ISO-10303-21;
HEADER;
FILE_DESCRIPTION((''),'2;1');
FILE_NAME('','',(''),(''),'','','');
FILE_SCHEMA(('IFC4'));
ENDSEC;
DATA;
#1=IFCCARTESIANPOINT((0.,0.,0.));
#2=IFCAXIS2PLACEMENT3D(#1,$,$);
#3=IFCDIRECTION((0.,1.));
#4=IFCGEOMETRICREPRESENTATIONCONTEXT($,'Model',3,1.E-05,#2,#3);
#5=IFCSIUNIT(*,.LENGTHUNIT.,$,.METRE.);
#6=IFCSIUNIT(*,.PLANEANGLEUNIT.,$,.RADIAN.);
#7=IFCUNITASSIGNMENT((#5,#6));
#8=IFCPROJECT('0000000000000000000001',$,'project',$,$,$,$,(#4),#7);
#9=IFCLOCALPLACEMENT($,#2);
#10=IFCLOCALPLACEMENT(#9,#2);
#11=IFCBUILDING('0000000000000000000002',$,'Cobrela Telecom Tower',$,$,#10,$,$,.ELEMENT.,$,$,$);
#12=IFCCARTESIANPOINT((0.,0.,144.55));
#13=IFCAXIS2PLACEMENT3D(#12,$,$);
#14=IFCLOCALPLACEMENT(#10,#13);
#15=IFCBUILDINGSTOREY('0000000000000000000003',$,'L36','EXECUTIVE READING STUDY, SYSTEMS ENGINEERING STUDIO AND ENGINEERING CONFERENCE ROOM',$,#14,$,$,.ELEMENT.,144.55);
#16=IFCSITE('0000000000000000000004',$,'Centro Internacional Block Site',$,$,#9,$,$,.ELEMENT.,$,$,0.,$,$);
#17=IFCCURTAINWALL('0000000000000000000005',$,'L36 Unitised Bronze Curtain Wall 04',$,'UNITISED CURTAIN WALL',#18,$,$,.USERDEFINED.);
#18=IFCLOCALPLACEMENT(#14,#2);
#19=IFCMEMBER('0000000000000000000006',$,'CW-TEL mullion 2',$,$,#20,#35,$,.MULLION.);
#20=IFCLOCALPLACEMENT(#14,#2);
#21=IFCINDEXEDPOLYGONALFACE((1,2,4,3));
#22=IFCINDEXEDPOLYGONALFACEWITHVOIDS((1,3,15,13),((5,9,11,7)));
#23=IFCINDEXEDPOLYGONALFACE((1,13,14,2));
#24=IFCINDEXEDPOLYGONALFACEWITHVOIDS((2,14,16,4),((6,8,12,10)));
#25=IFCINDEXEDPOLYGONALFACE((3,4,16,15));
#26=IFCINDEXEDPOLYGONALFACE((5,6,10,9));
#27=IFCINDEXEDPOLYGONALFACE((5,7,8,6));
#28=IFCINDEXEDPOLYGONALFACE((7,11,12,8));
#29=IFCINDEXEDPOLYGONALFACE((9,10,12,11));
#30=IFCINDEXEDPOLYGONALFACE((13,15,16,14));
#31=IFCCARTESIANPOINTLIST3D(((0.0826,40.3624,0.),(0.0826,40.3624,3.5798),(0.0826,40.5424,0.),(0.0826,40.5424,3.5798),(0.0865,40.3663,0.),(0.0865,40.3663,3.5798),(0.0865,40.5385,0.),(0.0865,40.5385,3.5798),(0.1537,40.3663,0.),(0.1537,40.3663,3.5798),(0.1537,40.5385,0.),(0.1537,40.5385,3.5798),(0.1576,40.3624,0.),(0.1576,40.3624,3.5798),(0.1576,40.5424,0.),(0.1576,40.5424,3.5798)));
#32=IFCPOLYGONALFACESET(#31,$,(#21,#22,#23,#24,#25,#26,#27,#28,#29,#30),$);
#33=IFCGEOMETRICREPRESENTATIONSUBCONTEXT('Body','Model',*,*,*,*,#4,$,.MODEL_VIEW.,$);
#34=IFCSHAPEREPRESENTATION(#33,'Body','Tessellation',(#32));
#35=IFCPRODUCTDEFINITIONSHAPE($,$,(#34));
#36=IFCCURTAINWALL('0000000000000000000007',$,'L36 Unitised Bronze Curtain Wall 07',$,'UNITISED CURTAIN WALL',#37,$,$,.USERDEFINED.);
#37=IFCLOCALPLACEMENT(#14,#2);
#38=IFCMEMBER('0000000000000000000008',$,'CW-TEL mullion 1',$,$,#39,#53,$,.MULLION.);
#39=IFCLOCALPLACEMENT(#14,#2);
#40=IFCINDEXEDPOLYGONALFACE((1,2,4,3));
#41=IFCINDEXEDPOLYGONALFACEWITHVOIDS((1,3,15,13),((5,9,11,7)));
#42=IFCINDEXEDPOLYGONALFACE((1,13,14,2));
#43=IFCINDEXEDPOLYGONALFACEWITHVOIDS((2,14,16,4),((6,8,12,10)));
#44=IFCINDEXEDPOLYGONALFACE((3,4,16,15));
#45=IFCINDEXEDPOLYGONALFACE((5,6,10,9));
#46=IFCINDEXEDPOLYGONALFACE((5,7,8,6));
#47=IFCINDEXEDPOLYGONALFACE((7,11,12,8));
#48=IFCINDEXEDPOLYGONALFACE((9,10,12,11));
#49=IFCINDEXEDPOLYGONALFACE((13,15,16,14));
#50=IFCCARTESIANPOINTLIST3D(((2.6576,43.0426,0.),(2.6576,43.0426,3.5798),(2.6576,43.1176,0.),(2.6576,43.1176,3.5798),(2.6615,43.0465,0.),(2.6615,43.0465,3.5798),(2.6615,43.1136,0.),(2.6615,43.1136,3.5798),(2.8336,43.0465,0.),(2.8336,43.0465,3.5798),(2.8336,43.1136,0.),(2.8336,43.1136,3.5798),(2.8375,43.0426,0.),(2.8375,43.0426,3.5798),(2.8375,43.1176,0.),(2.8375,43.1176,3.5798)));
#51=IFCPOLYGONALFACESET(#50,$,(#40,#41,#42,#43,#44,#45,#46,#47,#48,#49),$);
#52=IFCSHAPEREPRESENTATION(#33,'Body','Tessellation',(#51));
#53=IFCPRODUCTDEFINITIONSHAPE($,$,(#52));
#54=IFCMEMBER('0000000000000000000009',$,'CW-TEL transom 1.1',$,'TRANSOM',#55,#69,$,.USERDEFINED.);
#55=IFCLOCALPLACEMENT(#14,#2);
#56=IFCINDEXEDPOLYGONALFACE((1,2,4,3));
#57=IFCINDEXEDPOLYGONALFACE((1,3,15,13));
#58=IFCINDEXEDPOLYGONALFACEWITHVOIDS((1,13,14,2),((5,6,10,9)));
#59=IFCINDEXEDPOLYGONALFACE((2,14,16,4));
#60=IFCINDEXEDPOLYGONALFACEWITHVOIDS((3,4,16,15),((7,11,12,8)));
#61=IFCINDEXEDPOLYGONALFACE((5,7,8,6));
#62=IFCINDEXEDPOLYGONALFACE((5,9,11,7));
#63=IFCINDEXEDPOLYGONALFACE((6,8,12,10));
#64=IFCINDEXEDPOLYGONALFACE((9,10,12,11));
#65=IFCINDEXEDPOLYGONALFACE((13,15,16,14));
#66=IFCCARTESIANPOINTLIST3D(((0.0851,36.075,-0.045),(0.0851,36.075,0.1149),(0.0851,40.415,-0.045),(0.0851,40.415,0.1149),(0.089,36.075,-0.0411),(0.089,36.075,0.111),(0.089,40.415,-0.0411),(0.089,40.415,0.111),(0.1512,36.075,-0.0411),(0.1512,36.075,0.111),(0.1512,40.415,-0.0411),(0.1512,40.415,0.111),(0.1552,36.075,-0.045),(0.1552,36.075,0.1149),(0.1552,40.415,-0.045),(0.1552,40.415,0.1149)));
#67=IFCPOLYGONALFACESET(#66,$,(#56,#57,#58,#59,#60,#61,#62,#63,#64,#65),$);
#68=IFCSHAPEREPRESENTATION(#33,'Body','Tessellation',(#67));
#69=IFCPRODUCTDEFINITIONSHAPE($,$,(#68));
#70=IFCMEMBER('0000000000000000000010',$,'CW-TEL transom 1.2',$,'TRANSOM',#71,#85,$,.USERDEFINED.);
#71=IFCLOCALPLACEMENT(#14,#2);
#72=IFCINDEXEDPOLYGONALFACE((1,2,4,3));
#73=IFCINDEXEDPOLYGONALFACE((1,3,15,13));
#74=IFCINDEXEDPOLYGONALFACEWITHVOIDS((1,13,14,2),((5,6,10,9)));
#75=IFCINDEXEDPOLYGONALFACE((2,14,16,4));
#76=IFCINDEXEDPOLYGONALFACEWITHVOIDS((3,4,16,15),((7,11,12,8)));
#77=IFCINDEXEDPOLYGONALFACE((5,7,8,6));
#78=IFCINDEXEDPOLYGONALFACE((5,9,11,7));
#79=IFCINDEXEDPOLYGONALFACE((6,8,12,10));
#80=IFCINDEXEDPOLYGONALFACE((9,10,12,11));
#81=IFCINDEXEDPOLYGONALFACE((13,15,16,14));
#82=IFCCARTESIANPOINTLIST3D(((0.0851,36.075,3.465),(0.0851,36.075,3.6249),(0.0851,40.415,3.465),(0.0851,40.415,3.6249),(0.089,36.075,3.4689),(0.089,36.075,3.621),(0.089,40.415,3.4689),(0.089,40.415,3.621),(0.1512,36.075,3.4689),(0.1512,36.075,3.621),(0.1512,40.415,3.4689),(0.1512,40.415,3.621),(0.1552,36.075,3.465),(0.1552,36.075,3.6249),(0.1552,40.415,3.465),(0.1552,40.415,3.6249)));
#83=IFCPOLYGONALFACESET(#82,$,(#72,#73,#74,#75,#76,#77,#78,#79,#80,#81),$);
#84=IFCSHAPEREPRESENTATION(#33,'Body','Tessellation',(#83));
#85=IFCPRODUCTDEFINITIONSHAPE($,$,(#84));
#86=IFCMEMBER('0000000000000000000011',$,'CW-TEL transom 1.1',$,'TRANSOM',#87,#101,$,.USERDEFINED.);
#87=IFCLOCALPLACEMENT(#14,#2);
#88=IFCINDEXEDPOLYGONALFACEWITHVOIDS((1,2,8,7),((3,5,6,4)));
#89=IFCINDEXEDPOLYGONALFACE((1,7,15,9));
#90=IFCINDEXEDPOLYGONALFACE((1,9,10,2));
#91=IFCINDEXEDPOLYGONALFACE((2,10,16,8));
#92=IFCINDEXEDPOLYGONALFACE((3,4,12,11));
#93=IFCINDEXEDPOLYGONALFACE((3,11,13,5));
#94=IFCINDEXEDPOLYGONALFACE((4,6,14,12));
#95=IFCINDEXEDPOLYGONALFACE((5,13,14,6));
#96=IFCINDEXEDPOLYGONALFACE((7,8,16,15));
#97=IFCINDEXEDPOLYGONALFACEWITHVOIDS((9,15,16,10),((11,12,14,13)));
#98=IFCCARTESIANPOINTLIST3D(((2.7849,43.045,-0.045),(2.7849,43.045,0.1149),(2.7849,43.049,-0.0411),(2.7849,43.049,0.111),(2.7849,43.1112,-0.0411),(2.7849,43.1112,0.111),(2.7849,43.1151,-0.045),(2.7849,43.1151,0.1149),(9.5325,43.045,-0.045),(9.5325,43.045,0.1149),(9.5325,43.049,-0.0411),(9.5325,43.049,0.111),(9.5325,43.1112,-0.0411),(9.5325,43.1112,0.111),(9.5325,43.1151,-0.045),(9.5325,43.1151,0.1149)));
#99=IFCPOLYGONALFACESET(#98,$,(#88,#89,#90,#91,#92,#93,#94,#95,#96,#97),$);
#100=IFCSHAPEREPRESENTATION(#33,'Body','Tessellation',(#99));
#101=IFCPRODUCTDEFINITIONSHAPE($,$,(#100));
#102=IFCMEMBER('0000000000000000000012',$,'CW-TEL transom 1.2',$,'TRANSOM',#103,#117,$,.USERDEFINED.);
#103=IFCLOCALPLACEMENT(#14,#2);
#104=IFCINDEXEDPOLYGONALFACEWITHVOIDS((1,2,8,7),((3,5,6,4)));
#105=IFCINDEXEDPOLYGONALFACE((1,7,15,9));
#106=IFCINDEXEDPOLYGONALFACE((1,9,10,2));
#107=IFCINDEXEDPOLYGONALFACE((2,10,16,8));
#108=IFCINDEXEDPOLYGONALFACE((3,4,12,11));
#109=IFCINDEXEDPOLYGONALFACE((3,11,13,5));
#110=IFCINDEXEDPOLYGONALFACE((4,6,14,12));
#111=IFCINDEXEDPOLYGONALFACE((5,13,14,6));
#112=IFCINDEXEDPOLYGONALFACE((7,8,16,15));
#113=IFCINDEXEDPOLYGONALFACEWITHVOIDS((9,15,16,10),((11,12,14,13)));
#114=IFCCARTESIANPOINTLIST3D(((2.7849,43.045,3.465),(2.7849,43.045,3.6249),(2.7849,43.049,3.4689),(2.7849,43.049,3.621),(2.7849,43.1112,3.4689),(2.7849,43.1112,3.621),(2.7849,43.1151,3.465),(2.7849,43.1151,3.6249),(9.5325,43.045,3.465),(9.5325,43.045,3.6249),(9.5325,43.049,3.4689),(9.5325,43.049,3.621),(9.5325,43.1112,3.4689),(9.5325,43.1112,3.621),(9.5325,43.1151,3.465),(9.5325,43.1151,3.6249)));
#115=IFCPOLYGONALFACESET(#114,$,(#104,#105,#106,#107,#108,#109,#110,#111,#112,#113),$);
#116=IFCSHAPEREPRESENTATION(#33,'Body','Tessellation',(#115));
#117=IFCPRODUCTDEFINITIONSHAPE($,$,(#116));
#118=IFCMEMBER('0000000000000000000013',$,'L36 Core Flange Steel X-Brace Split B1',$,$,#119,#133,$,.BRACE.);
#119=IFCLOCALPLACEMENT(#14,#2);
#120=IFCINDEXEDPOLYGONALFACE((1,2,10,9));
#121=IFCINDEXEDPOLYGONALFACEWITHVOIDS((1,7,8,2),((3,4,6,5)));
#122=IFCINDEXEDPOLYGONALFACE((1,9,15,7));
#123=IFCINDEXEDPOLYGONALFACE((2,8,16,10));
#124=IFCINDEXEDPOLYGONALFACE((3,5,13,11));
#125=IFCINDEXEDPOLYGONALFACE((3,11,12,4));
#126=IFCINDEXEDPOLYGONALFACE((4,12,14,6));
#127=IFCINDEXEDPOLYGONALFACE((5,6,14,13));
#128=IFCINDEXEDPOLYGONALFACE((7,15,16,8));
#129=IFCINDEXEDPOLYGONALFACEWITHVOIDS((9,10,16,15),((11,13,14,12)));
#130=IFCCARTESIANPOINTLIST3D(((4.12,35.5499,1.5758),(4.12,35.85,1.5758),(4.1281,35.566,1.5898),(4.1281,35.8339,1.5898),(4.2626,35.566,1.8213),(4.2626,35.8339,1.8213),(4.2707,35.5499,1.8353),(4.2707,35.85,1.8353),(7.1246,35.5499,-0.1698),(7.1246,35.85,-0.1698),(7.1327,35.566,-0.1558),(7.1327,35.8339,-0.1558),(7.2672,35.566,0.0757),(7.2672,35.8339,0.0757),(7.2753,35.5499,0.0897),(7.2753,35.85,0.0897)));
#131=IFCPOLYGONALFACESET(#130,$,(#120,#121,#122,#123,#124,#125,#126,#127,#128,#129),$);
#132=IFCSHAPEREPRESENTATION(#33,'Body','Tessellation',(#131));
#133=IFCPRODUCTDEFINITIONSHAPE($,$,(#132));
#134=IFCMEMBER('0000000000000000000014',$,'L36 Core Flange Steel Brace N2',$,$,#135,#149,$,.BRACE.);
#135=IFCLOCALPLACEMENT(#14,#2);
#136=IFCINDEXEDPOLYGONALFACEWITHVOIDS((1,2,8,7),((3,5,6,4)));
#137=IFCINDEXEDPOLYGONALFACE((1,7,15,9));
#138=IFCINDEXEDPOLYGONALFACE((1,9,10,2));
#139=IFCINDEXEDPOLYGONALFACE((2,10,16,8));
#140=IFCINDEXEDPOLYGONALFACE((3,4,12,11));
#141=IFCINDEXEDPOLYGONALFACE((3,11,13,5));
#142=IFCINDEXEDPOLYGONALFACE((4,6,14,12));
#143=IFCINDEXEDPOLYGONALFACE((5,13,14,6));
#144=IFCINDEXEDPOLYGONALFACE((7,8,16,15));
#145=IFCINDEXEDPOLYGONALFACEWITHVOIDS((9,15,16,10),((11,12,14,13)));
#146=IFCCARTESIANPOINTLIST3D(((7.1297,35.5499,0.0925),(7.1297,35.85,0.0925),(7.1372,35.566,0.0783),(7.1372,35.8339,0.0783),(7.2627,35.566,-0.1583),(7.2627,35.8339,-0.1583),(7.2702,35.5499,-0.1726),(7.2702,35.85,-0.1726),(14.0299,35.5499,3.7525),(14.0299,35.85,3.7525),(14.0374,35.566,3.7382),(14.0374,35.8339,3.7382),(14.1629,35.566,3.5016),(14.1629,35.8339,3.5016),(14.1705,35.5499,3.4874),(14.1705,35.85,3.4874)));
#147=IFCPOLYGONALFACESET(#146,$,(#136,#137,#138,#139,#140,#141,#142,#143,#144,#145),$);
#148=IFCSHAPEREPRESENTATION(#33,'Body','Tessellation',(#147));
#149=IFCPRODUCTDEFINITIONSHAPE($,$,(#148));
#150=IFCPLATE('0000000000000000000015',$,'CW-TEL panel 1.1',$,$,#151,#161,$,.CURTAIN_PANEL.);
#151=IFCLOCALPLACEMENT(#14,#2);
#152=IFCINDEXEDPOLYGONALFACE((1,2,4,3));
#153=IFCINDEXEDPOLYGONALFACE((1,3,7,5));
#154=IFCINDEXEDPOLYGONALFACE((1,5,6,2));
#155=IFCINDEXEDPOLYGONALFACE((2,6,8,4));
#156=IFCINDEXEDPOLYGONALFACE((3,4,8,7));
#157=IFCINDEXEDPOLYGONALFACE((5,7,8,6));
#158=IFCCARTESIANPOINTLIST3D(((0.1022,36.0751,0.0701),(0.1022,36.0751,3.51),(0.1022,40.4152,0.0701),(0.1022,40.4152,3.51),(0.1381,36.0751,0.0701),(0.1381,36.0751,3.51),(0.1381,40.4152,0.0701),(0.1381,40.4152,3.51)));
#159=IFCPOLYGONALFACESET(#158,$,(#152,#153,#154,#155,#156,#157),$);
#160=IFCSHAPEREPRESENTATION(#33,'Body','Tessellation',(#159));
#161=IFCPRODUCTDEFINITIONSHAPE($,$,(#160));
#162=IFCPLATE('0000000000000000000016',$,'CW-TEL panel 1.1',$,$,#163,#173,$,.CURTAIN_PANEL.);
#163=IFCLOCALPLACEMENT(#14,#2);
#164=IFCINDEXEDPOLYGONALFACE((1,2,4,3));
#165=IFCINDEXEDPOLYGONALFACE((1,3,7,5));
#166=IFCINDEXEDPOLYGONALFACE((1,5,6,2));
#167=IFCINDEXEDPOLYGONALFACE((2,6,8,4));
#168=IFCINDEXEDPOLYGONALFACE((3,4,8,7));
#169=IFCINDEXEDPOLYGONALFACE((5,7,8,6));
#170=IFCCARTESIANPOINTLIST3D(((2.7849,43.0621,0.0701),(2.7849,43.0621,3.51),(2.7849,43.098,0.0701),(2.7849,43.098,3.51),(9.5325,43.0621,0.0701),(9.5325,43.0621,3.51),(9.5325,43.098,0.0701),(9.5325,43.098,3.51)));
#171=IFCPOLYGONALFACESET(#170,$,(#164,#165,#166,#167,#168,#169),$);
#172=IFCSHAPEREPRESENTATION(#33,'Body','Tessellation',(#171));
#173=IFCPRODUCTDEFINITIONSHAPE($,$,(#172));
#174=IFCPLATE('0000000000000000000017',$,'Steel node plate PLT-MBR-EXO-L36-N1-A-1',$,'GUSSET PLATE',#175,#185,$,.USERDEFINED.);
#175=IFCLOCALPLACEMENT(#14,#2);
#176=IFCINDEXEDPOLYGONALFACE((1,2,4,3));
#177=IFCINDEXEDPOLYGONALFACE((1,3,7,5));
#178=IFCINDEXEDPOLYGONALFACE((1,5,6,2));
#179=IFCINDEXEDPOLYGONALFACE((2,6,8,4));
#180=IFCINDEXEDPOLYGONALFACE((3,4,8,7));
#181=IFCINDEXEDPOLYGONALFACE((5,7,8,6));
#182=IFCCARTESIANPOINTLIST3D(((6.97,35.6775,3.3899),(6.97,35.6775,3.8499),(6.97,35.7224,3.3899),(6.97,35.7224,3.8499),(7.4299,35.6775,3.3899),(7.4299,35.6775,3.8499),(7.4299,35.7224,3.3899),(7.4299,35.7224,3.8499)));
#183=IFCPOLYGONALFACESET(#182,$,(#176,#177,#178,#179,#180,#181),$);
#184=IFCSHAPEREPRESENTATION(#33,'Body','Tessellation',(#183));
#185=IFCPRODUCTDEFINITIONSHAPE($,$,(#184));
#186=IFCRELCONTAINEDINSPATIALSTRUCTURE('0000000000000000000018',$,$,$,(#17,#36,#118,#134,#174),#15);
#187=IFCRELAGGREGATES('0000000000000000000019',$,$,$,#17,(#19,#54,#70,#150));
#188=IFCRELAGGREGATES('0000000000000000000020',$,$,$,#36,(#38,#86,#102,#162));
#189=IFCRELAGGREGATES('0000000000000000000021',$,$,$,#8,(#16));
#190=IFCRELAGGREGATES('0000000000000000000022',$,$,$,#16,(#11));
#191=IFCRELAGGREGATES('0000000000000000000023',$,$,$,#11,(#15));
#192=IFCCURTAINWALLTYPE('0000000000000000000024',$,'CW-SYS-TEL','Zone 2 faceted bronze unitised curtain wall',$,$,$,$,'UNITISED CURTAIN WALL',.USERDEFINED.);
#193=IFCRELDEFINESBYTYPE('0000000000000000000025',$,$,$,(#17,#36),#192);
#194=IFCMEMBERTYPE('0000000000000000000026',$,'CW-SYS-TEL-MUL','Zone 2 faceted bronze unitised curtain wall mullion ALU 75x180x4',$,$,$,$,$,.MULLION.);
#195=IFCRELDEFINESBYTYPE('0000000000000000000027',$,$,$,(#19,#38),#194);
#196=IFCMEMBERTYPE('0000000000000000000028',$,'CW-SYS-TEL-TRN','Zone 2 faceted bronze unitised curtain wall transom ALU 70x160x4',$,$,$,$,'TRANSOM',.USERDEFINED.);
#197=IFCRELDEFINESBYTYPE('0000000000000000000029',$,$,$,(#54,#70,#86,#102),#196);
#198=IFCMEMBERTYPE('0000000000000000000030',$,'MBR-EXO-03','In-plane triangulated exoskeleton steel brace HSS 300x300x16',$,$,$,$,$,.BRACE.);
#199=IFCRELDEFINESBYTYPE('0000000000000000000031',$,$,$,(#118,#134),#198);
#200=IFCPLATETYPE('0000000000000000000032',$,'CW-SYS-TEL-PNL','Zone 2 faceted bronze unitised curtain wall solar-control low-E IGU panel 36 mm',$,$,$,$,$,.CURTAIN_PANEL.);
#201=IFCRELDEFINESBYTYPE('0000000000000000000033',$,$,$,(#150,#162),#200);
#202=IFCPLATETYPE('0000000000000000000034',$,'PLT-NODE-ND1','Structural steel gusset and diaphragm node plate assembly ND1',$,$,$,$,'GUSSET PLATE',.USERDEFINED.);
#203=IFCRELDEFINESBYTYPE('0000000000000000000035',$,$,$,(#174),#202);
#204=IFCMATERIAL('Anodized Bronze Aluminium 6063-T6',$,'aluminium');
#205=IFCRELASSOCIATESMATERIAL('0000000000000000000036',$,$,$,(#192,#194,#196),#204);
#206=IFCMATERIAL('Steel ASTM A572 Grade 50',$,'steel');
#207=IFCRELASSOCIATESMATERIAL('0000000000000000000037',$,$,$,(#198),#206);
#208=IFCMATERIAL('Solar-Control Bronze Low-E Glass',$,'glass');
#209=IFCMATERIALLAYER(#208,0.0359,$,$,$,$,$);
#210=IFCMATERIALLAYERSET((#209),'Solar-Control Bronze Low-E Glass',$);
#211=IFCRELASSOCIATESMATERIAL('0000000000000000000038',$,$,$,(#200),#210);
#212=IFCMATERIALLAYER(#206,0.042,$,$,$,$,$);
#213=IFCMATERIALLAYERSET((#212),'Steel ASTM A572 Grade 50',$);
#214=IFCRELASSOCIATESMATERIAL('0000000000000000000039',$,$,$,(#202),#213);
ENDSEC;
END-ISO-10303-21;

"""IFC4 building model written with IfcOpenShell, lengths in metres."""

from ifc_helpers import new_model, si_unit, direction, frame, origin, origin_2d, place, context, subcontext, project, spatial, rectangle, hollow_rectangle, extrude, material, layer, layer_set, material_profile, profile_set, type_object, element, aggregate, save


model = new_model("IFC4")

# Units and contexts
model_context = context("Model", 3, precision=1e-05, world=origin(), true_north=direction((0.0, 1.0)))
body_context = subcontext(model_context, "Body", "Model", "MODEL_VIEW")
ifc_project = project(units=[si_unit("LENGTHUNIT", "METRE"), si_unit("PLANEANGLEUNIT", "RADIAN")], contexts=[model_context])

# Site, building, storey
site_placement = place(None, origin())
site = spatial("IfcSite", under=ifc_project, at=site_placement, Name="Centro Internacional Block Site", CompositionType="ELEMENT", RefElevation=0.0)
building_placement = place(site_placement, origin())
building = spatial("IfcBuilding", under=site, at=building_placement, Name="Cobrela Telecom Tower", CompositionType="ELEMENT")
storey_placement = place(building_placement, frame((0.0, 0.0, 144.55)))
storey = spatial("IfcBuildingStorey", under=building, at=storey_placement, Name="L36", Description="EXECUTIVE READING STUDY, SYSTEMS ENGINEERING STUDIO AND ENGINEERING CONFERENCE ROOM", CompositionType="ELEMENT", Elevation=144.55)

# Shared definitions
ifc_material_1 = material(Name="Steel ASTM A572 Grade 50", Category="steel")

# Curtain wall, member
ifc_material_2 = material(Name="Anodized Bronze Aluminium 6063-T6", Category="aluminium")
curtain_wall_type = type_object("IfcCurtainWallType", Name="CW-SYS-TEL", Description="Zone 2 faceted bronze unitised curtain wall", ElementType="UNITISED CURTAIN WALL", PredefinedType="USERDEFINED", material=ifc_material_2)
curtain_wall_1_placement = place(storey_placement, origin())
curtain_wall_1 = element("IfcCurtainWall", 1, at=curtain_wall_1_placement, inside=storey, type_object=curtain_wall_type, Name="L36 Unitised Bronze Curtain Wall 04", ObjectType="UNITISED CURTAIN WALL", PredefinedType="USERDEFINED")
ifc_material_profile_1 = material_profile(ifc_material_2, hollow_rectangle(XDim=0.075, YDim=0.1799, WallThickness=0.0039, at=origin_2d()), Name="ALU 75x180x4")
ifc_profile_set_1 = profile_set([ifc_material_profile_1], Name="Anodized Bronze Aluminium 6063-T6")
member_type_1 = type_object("IfcMemberType", Name="CW-SYS-TEL-MUL", Description="Zone 2 faceted bronze unitised curtain wall mullion ALU 75x180x4", PredefinedType="MULLION", material=ifc_profile_set_1)
member_1_placement = place(storey_placement, frame((0.1201, 40.4524, 0.0), z_axis=(0.0, 0.0, 1.0), x_axis=(-1.0, 0.0, 0.0)))
member_1 = element("IfcMember", 2, at=member_1_placement, type_object=member_type_1, Name="CW-TEL mullion 2", PredefinedType="MULLION", context=body_context, shape_type="SweptSolid", body=[
    extrude(hollow_rectangle(XDim=0.075, YDim=0.1799, WallThickness=0.0039, at=origin_2d()), origin(), (0.0, 0.0, 1.0), 3.5798),
])

# Curtain wall, member
curtain_wall_2_placement = place(storey_placement, origin())
curtain_wall_2 = element("IfcCurtainWall", 3, at=curtain_wall_2_placement, inside=storey, type_object=curtain_wall_type, Name="L36 Unitised Bronze Curtain Wall 07", ObjectType="UNITISED CURTAIN WALL", PredefinedType="USERDEFINED")
member_2_placement = place(storey_placement, frame((2.7476, 43.0801, 0.0), z_axis=(0.0, 0.0, 1.0), x_axis=(0.0, 1.0, 0.0)))
member_2 = element("IfcMember", 4, at=member_2_placement, type_object=member_type_1, Name="CW-TEL mullion 1", PredefinedType="MULLION", context=body_context, shape_type="SweptSolid", body=[
    extrude(hollow_rectangle(XDim=0.075, YDim=0.1799, WallThickness=0.0039, at=origin_2d()), origin(), (0.0, 0.0, 1.0), 3.5798),
])

# Members
ifc_material_profile_2 = material_profile(ifc_material_2, hollow_rectangle(XDim=0.0701, YDim=0.1599, WallThickness=0.0039, at=origin_2d()), Name="ALU 70x160x4")
ifc_profile_set_2 = profile_set([ifc_material_profile_2], Name="Anodized Bronze Aluminium 6063-T6")
member_type_2 = type_object("IfcMemberType", Name="CW-SYS-TEL-TRN", Description="Zone 2 faceted bronze unitised curtain wall transom ALU 70x160x4", ElementType="TRANSOM", PredefinedType="USERDEFINED", material=ifc_profile_set_2)
member_3_placement = place(storey_placement, frame((0.1201, 36.075, 0.0349), z_axis=(0.0, 1.0, 0.0), x_axis=(-1.0, 0.0, 0.0)))
member_3 = element("IfcMember", 5, at=member_3_placement, type_object=member_type_2, Name="CW-TEL transom 1.1", ObjectType="TRANSOM", PredefinedType="USERDEFINED", context=body_context, shape_type="SweptSolid", body=[
    extrude(hollow_rectangle(XDim=0.0701, YDim=0.1599, WallThickness=0.0039, at=origin_2d()), origin(), (0.0, 0.0, 1.0), 4.3401),
])
member_4_placement = place(storey_placement, frame((0.1201, 36.075, 3.5449), z_axis=(0.0, 1.0, 0.0), x_axis=(-1.0, 0.0, 0.0)))
member_4 = element("IfcMember", 6, at=member_4_placement, type_object=member_type_2, Name="CW-TEL transom 1.2", ObjectType="TRANSOM", PredefinedType="USERDEFINED", context=body_context, shape_type="SweptSolid", body=[
    extrude(hollow_rectangle(XDim=0.0701, YDim=0.1599, WallThickness=0.0039, at=origin_2d()), origin(), (0.0, 0.0, 1.0), 4.3401),
])
member_5_placement = place(storey_placement, frame((2.7849, 43.0801, 0.0349), z_axis=(1.0, 0.0, 0.0), x_axis=(0.0, 1.0, 0.0)))
member_5 = element("IfcMember", 7, at=member_5_placement, type_object=member_type_2, Name="CW-TEL transom 1.1", ObjectType="TRANSOM", PredefinedType="USERDEFINED", context=body_context, shape_type="SweptSolid", body=[
    extrude(hollow_rectangle(XDim=0.0701, YDim=0.1599, WallThickness=0.0039, at=origin_2d()), origin(), (0.0, 0.0, 1.0), 6.7476),
])
member_6_placement = place(storey_placement, frame((2.7849, 43.0801, 3.5449), z_axis=(1.0, 0.0, 0.0), x_axis=(0.0, 1.0, 0.0)))
member_6 = element("IfcMember", 8, at=member_6_placement, type_object=member_type_2, Name="CW-TEL transom 1.2", ObjectType="TRANSOM", PredefinedType="USERDEFINED", context=body_context, shape_type="SweptSolid", body=[
    extrude(hollow_rectangle(XDim=0.0701, YDim=0.1599, WallThickness=0.0039, at=origin_2d()), origin(), (0.0, 0.0, 1.0), 6.7476),
])

# Members
ifc_material_profile_3 = material_profile(ifc_material_1, hollow_rectangle(XDim=0.3, YDim=0.3, WallThickness=0.0161, at=origin_2d()), Name="HSS 300x300x16")
ifc_profile_set_3 = profile_set([ifc_material_profile_3], Name="Steel ASTM A572 Grade 50")
member_type_3 = type_object("IfcMemberType", Name="MBR-EXO-03", Description="In-plane triangulated exoskeleton steel brace HSS 300x300x16", PredefinedType="BRACE", material=ifc_profile_set_3)
member_7_placement = place(storey_placement, frame((7.2, 35.7, -0.04), z_axis=(-0.864667, 0.0, 0.502346), x_axis=(0.0, -1.0, 0.0)))
element("IfcMember", 9, at=member_7_placement, inside=storey, type_object=member_type_3, Name="L36 Core Flange Steel X-Brace Split B1", PredefinedType="BRACE", context=body_context, shape_type="SweptSolid", body=[
    extrude(hollow_rectangle(XDim=0.3, YDim=0.3, WallThickness=0.0161, at=origin_2d()), origin(), (0.0, 0.0, 1.0), 3.4749),
])
member_8_placement = place(storey_placement, frame((7.2, 35.7, -0.04), z_axis=(0.883423, 0.0, 0.468577), x_axis=(0.0, 1.0, 0.0)))
element("IfcMember", 10, at=member_8_placement, inside=storey, type_object=member_type_3, Name="L36 Core Flange Steel Brace N2", PredefinedType="BRACE", context=body_context, shape_type="SweptSolid", body=[
    extrude(hollow_rectangle(XDim=0.3, YDim=0.3, WallThickness=0.0161, at=origin_2d()), origin(), (0.0, 0.0, 1.0), 7.8108),
])

# Plates
ifc_material_3 = material(Name="Solar-Control Bronze Low-E Glass", Category="glass")
ifc_layer_1 = layer(ifc_material_3, 0.0359)
ifc_layer_set_1 = layer_set([ifc_layer_1], Name="Solar-Control Bronze Low-E Glass")
plate_type_1 = type_object("IfcPlateType", Name="CW-SYS-TEL-PNL", Description="Zone 2 faceted bronze unitised curtain wall solar-control low-E IGU panel 36 mm", PredefinedType="CURTAIN_PANEL", material=ifc_layer_set_1)
plate_1_placement = place(storey_placement, frame((0.1201, 38.2451, 0.0701), z_axis=(0.0, 0.0, 1.0), x_axis=(0.0, 1.0, 0.0)))
plate_1 = element("IfcPlate", 11, at=plate_1_placement, type_object=plate_type_1, Name="CW-TEL panel 1.1", PredefinedType="CURTAIN_PANEL", context=body_context, shape_type="SweptSolid", body=[
    extrude(rectangle(XDim=4.3401, YDim=0.0359, at=origin_2d()), origin(), (0.0, 0.0, 1.0), 3.4399),
])
aggregate(curtain_wall_1, [member_1, member_3, member_4, plate_1])
plate_2_placement = place(storey_placement, frame((6.1587, 43.0801, 0.0701), z_axis=(0.0, 0.0, 1.0), x_axis=(1.0, 0.0, 0.0)))
plate_2 = element("IfcPlate", 12, at=plate_2_placement, type_object=plate_type_1, Name="CW-TEL panel 1.1", PredefinedType="CURTAIN_PANEL", context=body_context, shape_type="SweptSolid", body=[
    extrude(rectangle(XDim=6.7476, YDim=0.0359, at=origin_2d()), origin(), (0.0, 0.0, 1.0), 3.4399),
])
aggregate(curtain_wall_2, [member_2, member_5, member_6, plate_2])

# Plate
ifc_layer_2 = layer(ifc_material_1, 0.042)
ifc_layer_set_2 = layer_set([ifc_layer_2], Name="Steel ASTM A572 Grade 50")
plate_type_2 = type_object("IfcPlateType", Name="PLT-NODE-ND1", Description="Structural steel gusset and diaphragm node plate assembly ND1", ElementType="GUSSET PLATE", PredefinedType="USERDEFINED", material=ifc_layer_set_2)
for number, where, z_axis, x_axis, name in (
    (13, (7.2, 35.7, 3.3899), (0.0, 0.0, 1.0), (1.0, 0.0, 0.0), "Steel node plate PLT-MBR-EXO-L36-N1-A-1"),
):
    element("IfcPlate", number, at=place(storey_placement, frame(where, z_axis=z_axis, x_axis=x_axis)), inside=storey, type_object=plate_type_2, Name=name, ObjectType="GUSSET PLATE", PredefinedType="USERDEFINED", context=body_context, shape_type="SweptSolid", body=[
        extrude(rectangle(XDim=0.46, YDim=0.0449, at=origin_2d()), origin(), (0.0, 0.0, 1.0), 0.46),
    ])

save(model, "model.ifc")
